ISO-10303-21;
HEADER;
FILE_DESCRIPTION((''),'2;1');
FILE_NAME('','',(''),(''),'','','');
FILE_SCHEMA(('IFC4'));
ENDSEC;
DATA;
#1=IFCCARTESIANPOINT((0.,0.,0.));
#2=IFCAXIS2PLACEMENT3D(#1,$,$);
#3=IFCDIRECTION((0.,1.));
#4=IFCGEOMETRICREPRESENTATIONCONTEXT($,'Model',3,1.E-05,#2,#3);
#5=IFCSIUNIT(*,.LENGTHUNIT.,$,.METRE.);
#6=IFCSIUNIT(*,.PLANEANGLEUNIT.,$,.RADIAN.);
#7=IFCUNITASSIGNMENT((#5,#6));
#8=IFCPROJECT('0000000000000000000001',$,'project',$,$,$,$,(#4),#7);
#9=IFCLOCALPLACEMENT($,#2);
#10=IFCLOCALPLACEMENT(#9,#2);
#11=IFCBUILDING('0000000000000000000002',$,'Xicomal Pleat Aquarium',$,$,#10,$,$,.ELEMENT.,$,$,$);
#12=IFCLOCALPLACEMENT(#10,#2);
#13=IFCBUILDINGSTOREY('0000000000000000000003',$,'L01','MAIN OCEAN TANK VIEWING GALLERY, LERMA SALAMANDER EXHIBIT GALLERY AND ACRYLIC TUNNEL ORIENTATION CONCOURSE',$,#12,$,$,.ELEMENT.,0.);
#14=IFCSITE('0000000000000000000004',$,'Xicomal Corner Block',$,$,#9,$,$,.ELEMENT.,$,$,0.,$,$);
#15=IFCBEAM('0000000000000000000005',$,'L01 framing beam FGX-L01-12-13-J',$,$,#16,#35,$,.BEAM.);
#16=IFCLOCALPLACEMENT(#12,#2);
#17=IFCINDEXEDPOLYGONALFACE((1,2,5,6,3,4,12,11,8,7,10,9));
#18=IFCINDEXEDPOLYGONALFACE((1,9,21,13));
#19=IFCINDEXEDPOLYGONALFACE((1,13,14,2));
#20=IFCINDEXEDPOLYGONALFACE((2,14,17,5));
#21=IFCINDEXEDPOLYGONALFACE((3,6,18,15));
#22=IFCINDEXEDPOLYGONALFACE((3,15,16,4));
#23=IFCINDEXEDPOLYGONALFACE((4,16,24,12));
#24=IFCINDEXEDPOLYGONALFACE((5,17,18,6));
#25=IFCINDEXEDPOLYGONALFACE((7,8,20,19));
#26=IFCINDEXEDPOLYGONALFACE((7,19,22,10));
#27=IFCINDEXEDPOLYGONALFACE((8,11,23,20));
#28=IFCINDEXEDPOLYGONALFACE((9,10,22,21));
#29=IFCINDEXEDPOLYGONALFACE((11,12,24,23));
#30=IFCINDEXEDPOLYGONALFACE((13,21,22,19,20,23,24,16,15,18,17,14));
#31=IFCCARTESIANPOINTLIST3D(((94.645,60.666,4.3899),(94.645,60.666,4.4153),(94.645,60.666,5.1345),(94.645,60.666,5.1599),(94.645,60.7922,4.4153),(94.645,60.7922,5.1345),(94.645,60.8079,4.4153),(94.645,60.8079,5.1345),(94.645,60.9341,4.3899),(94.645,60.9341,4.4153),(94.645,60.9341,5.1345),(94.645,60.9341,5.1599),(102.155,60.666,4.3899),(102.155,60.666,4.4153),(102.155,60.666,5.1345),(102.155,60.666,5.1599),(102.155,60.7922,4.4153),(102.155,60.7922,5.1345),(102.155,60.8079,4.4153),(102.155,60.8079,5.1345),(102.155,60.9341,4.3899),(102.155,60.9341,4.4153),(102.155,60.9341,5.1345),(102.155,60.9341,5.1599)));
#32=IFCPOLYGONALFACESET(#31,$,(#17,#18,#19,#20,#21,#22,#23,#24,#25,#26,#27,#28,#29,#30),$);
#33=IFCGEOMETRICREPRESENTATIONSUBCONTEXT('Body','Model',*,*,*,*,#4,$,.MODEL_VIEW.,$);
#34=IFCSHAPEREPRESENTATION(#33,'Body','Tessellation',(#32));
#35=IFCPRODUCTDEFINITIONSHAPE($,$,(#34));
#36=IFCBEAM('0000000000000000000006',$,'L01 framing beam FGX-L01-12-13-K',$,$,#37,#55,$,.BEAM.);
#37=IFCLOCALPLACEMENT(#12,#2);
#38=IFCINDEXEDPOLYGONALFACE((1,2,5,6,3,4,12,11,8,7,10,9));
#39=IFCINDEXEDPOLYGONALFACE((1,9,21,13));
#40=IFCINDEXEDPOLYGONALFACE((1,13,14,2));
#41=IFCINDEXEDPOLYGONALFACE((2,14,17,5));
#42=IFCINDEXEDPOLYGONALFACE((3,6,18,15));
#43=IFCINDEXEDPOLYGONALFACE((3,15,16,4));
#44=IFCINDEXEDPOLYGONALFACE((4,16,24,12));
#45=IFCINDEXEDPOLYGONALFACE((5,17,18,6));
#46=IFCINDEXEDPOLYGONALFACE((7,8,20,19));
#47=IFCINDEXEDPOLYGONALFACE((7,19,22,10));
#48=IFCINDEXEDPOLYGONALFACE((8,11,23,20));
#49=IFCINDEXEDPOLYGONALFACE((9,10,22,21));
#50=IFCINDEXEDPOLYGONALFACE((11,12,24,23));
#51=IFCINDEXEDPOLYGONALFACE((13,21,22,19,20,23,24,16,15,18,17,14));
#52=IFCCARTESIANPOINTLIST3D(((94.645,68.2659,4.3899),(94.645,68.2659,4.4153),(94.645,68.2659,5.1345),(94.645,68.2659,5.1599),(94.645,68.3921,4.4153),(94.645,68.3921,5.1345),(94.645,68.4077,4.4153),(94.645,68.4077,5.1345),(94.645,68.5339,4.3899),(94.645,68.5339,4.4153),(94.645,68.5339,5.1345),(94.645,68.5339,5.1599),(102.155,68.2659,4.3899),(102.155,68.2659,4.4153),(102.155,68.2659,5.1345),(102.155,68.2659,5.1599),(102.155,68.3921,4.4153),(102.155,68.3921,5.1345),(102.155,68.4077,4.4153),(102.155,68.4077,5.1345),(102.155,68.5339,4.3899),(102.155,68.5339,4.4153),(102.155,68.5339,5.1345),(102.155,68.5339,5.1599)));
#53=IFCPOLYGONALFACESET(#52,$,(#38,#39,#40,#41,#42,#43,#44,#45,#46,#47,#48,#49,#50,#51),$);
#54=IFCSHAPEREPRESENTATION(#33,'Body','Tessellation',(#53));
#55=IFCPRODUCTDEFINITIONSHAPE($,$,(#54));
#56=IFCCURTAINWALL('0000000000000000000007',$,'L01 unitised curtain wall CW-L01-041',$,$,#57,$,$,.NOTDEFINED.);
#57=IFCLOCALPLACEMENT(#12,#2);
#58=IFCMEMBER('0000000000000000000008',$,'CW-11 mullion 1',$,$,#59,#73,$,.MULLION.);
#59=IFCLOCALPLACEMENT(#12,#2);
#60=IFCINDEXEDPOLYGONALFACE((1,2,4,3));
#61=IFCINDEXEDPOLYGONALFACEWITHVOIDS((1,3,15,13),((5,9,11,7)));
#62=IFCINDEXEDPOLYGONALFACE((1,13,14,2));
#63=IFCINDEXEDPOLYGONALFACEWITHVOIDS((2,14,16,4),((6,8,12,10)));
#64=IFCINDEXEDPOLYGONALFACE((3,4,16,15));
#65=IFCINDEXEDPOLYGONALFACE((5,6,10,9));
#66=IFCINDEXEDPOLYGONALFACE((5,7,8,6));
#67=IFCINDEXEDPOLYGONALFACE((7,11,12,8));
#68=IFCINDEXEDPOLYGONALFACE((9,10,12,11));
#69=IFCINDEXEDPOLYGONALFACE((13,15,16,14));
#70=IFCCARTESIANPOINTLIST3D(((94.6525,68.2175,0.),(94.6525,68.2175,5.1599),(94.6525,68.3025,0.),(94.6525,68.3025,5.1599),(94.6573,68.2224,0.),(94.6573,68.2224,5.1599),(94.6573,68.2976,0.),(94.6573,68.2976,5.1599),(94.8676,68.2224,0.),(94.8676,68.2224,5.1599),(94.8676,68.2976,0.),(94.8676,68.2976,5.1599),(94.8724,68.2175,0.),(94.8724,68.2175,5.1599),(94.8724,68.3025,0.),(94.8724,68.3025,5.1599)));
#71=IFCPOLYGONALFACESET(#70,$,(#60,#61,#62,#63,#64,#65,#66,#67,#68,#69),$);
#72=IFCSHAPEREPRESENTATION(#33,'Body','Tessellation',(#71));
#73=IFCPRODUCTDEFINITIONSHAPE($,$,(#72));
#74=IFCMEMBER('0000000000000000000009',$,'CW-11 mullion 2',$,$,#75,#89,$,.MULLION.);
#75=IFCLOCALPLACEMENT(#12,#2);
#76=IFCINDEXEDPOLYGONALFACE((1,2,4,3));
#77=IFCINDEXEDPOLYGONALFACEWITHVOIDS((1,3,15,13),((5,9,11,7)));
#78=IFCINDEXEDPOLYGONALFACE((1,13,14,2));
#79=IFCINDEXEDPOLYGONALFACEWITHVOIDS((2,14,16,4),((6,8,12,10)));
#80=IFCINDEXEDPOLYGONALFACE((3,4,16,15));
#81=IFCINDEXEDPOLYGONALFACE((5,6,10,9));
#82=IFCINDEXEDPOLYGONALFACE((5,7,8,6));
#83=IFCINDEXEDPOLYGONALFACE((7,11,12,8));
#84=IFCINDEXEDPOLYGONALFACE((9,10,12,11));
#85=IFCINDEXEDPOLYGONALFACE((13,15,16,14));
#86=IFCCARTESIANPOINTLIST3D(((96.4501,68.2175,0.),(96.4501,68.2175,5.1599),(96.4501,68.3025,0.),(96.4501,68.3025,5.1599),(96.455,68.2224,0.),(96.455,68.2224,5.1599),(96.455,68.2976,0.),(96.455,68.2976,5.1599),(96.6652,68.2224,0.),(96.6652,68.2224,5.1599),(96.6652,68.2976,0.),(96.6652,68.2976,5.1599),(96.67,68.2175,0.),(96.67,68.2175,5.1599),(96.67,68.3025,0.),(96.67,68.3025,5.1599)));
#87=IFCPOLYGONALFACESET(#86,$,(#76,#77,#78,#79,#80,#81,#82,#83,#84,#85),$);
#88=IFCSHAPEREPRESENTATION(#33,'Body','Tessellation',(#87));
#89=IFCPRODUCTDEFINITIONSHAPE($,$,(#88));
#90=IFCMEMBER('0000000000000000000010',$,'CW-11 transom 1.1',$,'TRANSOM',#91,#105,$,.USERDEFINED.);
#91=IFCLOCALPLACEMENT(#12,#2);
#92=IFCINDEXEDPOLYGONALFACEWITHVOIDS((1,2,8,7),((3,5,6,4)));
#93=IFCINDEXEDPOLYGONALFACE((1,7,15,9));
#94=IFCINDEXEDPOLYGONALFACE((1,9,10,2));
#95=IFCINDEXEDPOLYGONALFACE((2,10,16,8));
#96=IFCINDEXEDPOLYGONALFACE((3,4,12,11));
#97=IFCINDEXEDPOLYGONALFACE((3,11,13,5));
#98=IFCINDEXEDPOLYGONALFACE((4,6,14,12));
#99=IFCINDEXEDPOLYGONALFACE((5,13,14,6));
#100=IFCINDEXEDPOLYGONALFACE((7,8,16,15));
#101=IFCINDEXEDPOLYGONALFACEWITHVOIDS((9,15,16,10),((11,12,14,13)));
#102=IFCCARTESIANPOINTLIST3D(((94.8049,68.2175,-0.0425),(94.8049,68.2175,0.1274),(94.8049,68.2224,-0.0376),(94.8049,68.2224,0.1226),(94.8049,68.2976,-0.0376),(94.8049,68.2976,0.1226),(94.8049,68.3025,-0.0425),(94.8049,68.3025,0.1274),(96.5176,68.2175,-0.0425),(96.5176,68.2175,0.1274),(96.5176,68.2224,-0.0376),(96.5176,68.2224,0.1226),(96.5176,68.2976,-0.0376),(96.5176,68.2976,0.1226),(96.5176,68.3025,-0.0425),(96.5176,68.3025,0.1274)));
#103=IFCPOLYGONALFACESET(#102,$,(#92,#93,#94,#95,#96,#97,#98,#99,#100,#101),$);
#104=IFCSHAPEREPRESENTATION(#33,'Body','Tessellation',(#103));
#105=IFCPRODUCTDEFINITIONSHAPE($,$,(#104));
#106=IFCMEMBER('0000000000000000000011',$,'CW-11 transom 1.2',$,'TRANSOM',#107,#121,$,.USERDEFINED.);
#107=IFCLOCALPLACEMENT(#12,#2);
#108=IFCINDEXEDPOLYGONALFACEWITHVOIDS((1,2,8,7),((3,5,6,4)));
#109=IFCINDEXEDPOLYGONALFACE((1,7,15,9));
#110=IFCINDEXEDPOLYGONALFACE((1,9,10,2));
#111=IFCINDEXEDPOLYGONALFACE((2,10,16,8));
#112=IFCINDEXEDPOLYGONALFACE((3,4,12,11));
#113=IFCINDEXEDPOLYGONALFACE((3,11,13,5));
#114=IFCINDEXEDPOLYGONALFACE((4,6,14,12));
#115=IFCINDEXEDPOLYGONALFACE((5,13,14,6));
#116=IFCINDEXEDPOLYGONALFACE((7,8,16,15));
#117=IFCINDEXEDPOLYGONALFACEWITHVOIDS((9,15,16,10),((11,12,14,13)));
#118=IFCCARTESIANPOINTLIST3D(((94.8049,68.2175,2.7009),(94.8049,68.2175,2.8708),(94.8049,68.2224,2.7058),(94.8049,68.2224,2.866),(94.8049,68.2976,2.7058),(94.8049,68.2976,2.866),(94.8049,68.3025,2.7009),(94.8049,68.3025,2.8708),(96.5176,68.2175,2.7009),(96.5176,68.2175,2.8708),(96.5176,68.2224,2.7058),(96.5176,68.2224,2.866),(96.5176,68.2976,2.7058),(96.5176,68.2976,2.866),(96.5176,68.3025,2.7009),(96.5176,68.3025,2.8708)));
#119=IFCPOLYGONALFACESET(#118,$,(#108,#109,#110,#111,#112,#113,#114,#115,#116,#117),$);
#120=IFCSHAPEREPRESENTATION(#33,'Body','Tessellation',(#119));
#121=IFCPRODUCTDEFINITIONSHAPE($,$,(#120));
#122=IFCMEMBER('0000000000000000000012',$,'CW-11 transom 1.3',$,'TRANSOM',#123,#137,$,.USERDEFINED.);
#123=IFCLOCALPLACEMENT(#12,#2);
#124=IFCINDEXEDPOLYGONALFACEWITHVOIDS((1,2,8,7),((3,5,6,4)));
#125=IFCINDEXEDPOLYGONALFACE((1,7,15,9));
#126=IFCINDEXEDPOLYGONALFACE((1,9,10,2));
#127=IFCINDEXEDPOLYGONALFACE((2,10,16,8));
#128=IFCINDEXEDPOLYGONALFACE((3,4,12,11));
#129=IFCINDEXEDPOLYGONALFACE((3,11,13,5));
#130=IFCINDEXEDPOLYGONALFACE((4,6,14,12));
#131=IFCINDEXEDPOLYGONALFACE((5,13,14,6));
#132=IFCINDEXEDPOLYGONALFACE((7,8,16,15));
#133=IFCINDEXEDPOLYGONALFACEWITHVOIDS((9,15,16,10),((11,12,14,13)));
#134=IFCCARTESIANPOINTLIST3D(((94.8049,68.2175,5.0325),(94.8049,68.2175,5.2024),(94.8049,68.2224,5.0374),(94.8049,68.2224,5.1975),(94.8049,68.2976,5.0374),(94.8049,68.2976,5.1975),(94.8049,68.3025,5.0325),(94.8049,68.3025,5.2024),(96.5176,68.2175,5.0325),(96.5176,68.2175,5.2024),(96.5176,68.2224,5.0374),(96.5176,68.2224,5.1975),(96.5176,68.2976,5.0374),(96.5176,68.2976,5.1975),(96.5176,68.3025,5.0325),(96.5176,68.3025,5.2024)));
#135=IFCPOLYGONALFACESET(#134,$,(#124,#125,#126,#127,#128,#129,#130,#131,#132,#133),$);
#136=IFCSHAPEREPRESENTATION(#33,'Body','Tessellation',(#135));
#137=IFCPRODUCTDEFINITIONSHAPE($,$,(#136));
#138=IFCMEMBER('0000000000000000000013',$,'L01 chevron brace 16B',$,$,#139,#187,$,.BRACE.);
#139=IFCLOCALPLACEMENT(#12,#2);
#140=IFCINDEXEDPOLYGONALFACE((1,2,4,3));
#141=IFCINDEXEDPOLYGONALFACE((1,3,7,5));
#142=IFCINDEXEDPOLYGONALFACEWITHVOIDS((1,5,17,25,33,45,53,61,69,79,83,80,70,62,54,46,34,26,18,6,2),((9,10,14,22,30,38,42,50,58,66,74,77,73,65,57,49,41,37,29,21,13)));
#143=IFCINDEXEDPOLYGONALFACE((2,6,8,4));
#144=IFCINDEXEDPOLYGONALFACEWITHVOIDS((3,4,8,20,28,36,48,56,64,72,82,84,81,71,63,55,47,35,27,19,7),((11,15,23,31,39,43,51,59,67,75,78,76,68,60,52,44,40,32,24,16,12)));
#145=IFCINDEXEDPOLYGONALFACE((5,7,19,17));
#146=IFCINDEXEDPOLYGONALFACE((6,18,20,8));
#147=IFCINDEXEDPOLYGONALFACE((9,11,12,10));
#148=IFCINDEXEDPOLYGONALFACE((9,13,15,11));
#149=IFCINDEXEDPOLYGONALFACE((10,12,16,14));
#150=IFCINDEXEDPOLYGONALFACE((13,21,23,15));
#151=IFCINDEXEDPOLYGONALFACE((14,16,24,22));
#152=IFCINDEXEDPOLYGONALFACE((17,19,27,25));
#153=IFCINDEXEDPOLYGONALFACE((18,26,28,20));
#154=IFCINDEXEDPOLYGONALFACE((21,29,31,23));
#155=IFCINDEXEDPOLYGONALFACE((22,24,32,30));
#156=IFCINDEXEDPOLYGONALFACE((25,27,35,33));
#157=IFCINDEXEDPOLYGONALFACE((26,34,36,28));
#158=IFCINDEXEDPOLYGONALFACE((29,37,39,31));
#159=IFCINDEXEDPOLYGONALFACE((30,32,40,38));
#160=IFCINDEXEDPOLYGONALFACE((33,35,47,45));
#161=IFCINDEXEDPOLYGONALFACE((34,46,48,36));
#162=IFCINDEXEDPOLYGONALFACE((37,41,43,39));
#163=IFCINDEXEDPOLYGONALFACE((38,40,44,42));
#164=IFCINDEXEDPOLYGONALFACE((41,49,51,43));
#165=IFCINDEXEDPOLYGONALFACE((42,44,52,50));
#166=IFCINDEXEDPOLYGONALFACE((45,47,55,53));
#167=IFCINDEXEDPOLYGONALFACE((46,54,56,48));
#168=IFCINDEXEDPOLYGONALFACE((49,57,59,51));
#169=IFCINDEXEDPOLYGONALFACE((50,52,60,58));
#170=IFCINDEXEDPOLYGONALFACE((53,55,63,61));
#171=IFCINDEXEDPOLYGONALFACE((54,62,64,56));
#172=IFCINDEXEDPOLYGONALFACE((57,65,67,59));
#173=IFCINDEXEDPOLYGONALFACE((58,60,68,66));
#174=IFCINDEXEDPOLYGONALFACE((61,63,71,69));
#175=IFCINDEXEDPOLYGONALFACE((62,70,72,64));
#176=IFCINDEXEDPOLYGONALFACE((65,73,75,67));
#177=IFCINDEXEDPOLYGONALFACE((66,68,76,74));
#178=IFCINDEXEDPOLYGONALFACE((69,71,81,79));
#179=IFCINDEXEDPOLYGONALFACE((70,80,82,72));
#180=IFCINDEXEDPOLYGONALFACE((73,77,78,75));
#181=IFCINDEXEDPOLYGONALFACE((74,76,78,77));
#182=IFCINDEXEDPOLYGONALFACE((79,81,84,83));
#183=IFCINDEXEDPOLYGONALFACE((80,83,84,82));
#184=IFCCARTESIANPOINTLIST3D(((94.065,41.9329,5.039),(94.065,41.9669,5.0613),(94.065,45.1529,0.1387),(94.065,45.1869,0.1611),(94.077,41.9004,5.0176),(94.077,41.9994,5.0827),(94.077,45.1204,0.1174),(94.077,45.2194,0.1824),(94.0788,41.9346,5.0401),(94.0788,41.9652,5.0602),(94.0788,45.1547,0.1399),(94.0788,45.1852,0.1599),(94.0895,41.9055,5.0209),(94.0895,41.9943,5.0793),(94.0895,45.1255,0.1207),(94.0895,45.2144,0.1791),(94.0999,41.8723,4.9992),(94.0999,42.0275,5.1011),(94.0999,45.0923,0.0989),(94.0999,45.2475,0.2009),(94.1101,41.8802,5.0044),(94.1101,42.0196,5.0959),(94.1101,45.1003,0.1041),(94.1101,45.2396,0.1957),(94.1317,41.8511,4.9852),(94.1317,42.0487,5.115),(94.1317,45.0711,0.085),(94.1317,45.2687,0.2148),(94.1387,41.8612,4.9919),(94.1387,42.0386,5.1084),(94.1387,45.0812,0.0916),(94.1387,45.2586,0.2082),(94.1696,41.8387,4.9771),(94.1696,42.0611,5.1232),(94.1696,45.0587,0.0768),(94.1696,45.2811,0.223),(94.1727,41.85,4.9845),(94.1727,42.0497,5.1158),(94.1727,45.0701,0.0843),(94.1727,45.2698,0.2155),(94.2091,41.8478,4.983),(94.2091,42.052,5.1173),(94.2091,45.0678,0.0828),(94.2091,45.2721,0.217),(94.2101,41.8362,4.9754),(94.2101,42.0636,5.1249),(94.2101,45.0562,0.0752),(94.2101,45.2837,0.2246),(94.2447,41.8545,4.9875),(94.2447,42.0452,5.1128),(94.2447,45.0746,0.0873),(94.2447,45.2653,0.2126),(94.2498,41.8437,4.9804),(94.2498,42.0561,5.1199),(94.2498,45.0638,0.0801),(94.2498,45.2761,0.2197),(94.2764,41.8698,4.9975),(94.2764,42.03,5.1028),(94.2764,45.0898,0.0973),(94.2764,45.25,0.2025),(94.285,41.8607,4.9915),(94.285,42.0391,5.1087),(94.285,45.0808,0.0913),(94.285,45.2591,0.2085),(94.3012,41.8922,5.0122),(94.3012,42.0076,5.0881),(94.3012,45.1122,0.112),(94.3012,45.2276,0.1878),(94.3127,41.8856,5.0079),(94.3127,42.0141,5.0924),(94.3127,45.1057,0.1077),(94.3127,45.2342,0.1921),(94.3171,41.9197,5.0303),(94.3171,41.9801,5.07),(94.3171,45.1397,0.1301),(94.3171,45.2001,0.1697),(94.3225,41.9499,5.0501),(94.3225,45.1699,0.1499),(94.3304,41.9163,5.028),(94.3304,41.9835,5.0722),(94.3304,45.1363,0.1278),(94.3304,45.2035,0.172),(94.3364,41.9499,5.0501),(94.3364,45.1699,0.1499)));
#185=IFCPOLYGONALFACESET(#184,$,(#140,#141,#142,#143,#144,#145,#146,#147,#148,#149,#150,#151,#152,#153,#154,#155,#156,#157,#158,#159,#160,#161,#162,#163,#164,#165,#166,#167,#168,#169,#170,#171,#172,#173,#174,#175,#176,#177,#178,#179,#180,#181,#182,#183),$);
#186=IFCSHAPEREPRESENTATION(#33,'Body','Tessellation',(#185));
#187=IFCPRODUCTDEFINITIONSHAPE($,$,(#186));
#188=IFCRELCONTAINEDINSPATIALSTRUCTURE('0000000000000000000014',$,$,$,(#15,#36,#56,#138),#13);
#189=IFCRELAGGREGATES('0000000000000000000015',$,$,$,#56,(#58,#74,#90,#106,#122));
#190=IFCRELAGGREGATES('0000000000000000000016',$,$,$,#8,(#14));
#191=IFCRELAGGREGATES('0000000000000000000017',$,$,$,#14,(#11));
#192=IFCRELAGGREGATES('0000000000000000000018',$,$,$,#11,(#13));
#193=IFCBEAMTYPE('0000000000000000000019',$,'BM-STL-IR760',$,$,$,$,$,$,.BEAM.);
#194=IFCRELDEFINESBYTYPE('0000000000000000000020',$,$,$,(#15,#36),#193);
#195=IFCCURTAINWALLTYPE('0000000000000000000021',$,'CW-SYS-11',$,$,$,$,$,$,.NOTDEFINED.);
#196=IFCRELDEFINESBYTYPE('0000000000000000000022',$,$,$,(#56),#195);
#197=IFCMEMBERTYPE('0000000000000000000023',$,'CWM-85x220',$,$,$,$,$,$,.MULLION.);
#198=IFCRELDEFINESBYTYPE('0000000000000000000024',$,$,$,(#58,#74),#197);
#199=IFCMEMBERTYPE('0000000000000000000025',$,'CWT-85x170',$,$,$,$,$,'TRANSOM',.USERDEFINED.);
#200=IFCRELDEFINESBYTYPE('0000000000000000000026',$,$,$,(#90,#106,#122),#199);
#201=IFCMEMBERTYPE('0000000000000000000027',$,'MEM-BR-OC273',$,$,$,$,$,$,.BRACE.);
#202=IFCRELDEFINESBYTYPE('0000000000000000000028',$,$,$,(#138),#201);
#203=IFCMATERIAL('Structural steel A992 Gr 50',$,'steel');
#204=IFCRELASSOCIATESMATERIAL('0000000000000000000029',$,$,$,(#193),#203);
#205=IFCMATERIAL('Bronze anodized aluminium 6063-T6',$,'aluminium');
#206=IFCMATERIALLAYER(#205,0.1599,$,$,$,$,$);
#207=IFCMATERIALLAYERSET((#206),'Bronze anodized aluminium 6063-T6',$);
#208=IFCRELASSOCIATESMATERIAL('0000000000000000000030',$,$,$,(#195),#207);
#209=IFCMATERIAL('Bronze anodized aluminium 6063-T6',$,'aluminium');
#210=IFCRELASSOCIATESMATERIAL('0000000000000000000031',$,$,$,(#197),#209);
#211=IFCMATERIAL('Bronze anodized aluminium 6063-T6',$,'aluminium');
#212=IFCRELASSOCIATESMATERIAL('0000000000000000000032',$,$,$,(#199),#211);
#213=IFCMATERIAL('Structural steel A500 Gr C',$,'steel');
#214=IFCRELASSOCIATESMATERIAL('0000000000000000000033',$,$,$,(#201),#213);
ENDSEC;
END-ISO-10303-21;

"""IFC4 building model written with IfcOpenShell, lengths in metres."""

from ifc_helpers import new_model, si_unit, direction, frame, origin, origin_2d, place, context, subcontext, project, spatial, hollow_rectangle, hollow_circle, i_section, extrude, material, layer, layer_set, material_profile, profile_set, type_object, element, aggregate, save


model = new_model("IFC4")

# Units and contexts
model_context = context("Model", 3, precision=1e-05, world=origin(), true_north=direction((0.0, 1.0)))
body_context = subcontext(model_context, "Body", "Model", "MODEL_VIEW")
ifc_project = project(units=[si_unit("LENGTHUNIT", "METRE"), si_unit("PLANEANGLEUNIT", "RADIAN")], contexts=[model_context])

# Site, building, storey
site_placement = place(None, origin())
site = spatial("IfcSite", under=ifc_project, at=site_placement, Name="Xicomal Corner Block", CompositionType="ELEMENT", RefElevation=0.0)
building_placement = place(site_placement, origin())
building = spatial("IfcBuilding", under=site, at=building_placement, Name="Xicomal Pleat Aquarium", CompositionType="ELEMENT")
storey_placement = place(building_placement, origin())
storey = spatial("IfcBuildingStorey", under=building, at=storey_placement, Name="L01", Description="MAIN OCEAN TANK VIEWING GALLERY, LERMA SALAMANDER EXHIBIT GALLERY AND ACRYLIC TUNNEL ORIENTATION CONCOURSE", CompositionType="ELEMENT", Elevation=0.0)

# Beams
ifc_material_1 = material(Name="Structural steel A992 Gr 50", Category="steel")
ifc_material_profile_1 = material_profile(ifc_material_1, i_section(OverallWidth=0.2681, OverallDepth=0.77, WebThickness=0.0156, FlangeThickness=0.0254, at=origin_2d()), Name="IR 760x196")
ifc_profile_set_1 = profile_set([ifc_material_profile_1], Name="Structural steel A992 Gr 50")
beam_type_1 = type_object("IfcBeamType", Name="BM-STL-IR760", PredefinedType="BEAM", material=ifc_profile_set_1)
for number, where, z_axis, x_axis, name in (
    (1, (94.645, 60.8, 4.7749), (1.0, 0.0, 0.0), (0.0, 1.0, 0.0), "L01 framing beam FGX-L01-12-13-J"),
    (2, (94.645, 68.3999, 4.7749), (1.0, 0.0, 0.0), (0.0, 1.0, 0.0), "L01 framing beam FGX-L01-12-13-K"),
):
    element("IfcBeam", number, at=place(storey_placement, frame(where, z_axis=z_axis, x_axis=x_axis)), inside=storey, type_object=beam_type_1, Name=name, PredefinedType="BEAM", context=body_context, shape_type="SweptSolid", body=[
        extrude(i_section(OverallWidth=0.2681, OverallDepth=0.77, WebThickness=0.0156, FlangeThickness=0.0254, at=origin_2d()), origin(), (0.0, 0.0, 1.0), 7.51),
    ])

# Curtain wall, members
ifc_material_2 = material(Name="Bronze anodized aluminium 6063-T6", Category="aluminium")
ifc_layer_1 = layer(ifc_material_2, 0.1599)
ifc_layer_set_1 = layer_set([ifc_layer_1], Name="Bronze anodized aluminium 6063-T6")
curtain_wall_type = type_object("IfcCurtainWallType", Name="CW-SYS-11", PredefinedType="NOTDEFINED", material=ifc_layer_set_1)
curtain_wall_placement = place(storey_placement, origin())
curtain_wall = element("IfcCurtainWall", 3, at=curtain_wall_placement, inside=storey, type_object=curtain_wall_type, Name="L01 unitised curtain wall CW-L01-041", PredefinedType="NOTDEFINED")
ifc_material_3 = material(Name="Bronze anodized aluminium 6063-T6", Category="aluminium")
ifc_material_profile_2 = material_profile(ifc_material_3, hollow_rectangle(XDim=0.085, YDim=0.22, WallThickness=0.0049, at=origin_2d()), Name="ALU MULL 85x220")
ifc_profile_set_2 = profile_set([ifc_material_profile_2], Name="Bronze anodized aluminium 6063-T6")
member_type_1 = type_object("IfcMemberType", Name="CWM-85x220", PredefinedType="MULLION", material=ifc_profile_set_2)
member_1_placement = place(storey_placement, frame((94.7625, 68.26, 0.0), z_axis=(0.0, 0.0, 1.0), x_axis=(0.0, 1.0, 0.0)))
member_1 = element("IfcMember", 4, at=member_1_placement, type_object=member_type_1, Name="CW-11 mullion 1", PredefinedType="MULLION", context=body_context, shape_type="SweptSolid", body=[
    extrude(hollow_rectangle(XDim=0.085, YDim=0.22, WallThickness=0.0049, at=origin_2d()), origin(), (0.0, 0.0, 1.0), 5.1599),
])
member_2_placement = place(storey_placement, frame((96.5601, 68.26, 0.0), z_axis=(0.0, 0.0, 1.0), x_axis=(0.0, 1.0, 0.0)))
member_2 = element("IfcMember", 5, at=member_2_placement, type_object=member_type_1, Name="CW-11 mullion 2", PredefinedType="MULLION", context=body_context, shape_type="SweptSolid", body=[
    extrude(hollow_rectangle(XDim=0.085, YDim=0.22, WallThickness=0.0049, at=origin_2d()), origin(), (0.0, 0.0, 1.0), 5.1599),
])
ifc_material_4 = material(Name="Bronze anodized aluminium 6063-T6", Category="aluminium")
ifc_material_profile_3 = material_profile(ifc_material_4, hollow_rectangle(XDim=0.085, YDim=0.1699, WallThickness=0.0049, at=origin_2d()), Name="ALU TRAN 85x170")
ifc_profile_set_3 = profile_set([ifc_material_profile_3], Name="Bronze anodized aluminium 6063-T6")
member_type_2 = type_object("IfcMemberType", Name="CWT-85x170", ElementType="TRANSOM", PredefinedType="USERDEFINED", material=ifc_profile_set_3)
member_3_placement = place(storey_placement, frame((94.8049, 68.26, 0.0425), z_axis=(1.0, 0.0, 0.0), x_axis=(0.0, 1.0, 0.0)))
member_3 = element("IfcMember", 6, at=member_3_placement, type_object=member_type_2, Name="CW-11 transom 1.1", ObjectType="TRANSOM", PredefinedType="USERDEFINED", context=body_context, shape_type="SweptSolid", body=[
    extrude(hollow_rectangle(XDim=0.085, YDim=0.1699, WallThickness=0.0049, at=origin_2d()), origin(), (0.0, 0.0, 1.0), 1.7126),
])
member_4_placement = place(storey_placement, frame((94.8049, 68.26, 2.7859), z_axis=(1.0, 0.0, 0.0), x_axis=(0.0, 1.0, 0.0)))
member_4 = element("IfcMember", 7, at=member_4_placement, type_object=member_type_2, Name="CW-11 transom 1.2", ObjectType="TRANSOM", PredefinedType="USERDEFINED", context=body_context, shape_type="SweptSolid", body=[
    extrude(hollow_rectangle(XDim=0.085, YDim=0.1699, WallThickness=0.0049, at=origin_2d()), origin(), (0.0, 0.0, 1.0), 1.7126),
])
member_5_placement = place(storey_placement, frame((94.8049, 68.26, 5.1174), z_axis=(1.0, 0.0, 0.0), x_axis=(0.0, 1.0, 0.0)))
member_5 = element("IfcMember", 8, at=member_5_placement, type_object=member_type_2, Name="CW-11 transom 1.3", ObjectType="TRANSOM", PredefinedType="USERDEFINED", context=body_context, shape_type="SweptSolid", body=[
    extrude(hollow_rectangle(XDim=0.085, YDim=0.1699, WallThickness=0.0049, at=origin_2d()), origin(), (0.0, 0.0, 1.0), 1.7126),
])

# Member
ifc_material_5 = material(Name="Structural steel A500 Gr C", Category="steel")
ifc_material_profile_4 = material_profile(ifc_material_5, hollow_circle(Radius=0.1365, WallThickness=0.0139, at=origin_2d()), Name="OC 273x14")
ifc_profile_set_4 = profile_set([ifc_material_profile_4], Name="Structural steel A500 Gr C")
member_type_3 = type_object("IfcMemberType", Name="MEM-BR-OC273", PredefinedType="BRACE", material=ifc_profile_set_4)
member_6_placement = place(storey_placement, frame((94.2, 45.1699, 0.1499), z_axis=(0.0, -0.549163, 0.835715), x_axis=(1.0, 0.0, 0.0)))
element("IfcMember", 9, at=member_6_placement, inside=storey, type_object=member_type_3, Name="L01 chevron brace 16B", PredefinedType="BRACE", context=body_context, shape_type="SweptSolid", body=[
    extrude(hollow_circle(Radius=0.1365, WallThickness=0.0139, at=origin_2d()), origin(), (0.0, 0.0, 1.0), 5.8635),
])

aggregate(curtain_wall, [member_1, member_2, member_3, member_4, member_5])

save(model, "model.ifc")
